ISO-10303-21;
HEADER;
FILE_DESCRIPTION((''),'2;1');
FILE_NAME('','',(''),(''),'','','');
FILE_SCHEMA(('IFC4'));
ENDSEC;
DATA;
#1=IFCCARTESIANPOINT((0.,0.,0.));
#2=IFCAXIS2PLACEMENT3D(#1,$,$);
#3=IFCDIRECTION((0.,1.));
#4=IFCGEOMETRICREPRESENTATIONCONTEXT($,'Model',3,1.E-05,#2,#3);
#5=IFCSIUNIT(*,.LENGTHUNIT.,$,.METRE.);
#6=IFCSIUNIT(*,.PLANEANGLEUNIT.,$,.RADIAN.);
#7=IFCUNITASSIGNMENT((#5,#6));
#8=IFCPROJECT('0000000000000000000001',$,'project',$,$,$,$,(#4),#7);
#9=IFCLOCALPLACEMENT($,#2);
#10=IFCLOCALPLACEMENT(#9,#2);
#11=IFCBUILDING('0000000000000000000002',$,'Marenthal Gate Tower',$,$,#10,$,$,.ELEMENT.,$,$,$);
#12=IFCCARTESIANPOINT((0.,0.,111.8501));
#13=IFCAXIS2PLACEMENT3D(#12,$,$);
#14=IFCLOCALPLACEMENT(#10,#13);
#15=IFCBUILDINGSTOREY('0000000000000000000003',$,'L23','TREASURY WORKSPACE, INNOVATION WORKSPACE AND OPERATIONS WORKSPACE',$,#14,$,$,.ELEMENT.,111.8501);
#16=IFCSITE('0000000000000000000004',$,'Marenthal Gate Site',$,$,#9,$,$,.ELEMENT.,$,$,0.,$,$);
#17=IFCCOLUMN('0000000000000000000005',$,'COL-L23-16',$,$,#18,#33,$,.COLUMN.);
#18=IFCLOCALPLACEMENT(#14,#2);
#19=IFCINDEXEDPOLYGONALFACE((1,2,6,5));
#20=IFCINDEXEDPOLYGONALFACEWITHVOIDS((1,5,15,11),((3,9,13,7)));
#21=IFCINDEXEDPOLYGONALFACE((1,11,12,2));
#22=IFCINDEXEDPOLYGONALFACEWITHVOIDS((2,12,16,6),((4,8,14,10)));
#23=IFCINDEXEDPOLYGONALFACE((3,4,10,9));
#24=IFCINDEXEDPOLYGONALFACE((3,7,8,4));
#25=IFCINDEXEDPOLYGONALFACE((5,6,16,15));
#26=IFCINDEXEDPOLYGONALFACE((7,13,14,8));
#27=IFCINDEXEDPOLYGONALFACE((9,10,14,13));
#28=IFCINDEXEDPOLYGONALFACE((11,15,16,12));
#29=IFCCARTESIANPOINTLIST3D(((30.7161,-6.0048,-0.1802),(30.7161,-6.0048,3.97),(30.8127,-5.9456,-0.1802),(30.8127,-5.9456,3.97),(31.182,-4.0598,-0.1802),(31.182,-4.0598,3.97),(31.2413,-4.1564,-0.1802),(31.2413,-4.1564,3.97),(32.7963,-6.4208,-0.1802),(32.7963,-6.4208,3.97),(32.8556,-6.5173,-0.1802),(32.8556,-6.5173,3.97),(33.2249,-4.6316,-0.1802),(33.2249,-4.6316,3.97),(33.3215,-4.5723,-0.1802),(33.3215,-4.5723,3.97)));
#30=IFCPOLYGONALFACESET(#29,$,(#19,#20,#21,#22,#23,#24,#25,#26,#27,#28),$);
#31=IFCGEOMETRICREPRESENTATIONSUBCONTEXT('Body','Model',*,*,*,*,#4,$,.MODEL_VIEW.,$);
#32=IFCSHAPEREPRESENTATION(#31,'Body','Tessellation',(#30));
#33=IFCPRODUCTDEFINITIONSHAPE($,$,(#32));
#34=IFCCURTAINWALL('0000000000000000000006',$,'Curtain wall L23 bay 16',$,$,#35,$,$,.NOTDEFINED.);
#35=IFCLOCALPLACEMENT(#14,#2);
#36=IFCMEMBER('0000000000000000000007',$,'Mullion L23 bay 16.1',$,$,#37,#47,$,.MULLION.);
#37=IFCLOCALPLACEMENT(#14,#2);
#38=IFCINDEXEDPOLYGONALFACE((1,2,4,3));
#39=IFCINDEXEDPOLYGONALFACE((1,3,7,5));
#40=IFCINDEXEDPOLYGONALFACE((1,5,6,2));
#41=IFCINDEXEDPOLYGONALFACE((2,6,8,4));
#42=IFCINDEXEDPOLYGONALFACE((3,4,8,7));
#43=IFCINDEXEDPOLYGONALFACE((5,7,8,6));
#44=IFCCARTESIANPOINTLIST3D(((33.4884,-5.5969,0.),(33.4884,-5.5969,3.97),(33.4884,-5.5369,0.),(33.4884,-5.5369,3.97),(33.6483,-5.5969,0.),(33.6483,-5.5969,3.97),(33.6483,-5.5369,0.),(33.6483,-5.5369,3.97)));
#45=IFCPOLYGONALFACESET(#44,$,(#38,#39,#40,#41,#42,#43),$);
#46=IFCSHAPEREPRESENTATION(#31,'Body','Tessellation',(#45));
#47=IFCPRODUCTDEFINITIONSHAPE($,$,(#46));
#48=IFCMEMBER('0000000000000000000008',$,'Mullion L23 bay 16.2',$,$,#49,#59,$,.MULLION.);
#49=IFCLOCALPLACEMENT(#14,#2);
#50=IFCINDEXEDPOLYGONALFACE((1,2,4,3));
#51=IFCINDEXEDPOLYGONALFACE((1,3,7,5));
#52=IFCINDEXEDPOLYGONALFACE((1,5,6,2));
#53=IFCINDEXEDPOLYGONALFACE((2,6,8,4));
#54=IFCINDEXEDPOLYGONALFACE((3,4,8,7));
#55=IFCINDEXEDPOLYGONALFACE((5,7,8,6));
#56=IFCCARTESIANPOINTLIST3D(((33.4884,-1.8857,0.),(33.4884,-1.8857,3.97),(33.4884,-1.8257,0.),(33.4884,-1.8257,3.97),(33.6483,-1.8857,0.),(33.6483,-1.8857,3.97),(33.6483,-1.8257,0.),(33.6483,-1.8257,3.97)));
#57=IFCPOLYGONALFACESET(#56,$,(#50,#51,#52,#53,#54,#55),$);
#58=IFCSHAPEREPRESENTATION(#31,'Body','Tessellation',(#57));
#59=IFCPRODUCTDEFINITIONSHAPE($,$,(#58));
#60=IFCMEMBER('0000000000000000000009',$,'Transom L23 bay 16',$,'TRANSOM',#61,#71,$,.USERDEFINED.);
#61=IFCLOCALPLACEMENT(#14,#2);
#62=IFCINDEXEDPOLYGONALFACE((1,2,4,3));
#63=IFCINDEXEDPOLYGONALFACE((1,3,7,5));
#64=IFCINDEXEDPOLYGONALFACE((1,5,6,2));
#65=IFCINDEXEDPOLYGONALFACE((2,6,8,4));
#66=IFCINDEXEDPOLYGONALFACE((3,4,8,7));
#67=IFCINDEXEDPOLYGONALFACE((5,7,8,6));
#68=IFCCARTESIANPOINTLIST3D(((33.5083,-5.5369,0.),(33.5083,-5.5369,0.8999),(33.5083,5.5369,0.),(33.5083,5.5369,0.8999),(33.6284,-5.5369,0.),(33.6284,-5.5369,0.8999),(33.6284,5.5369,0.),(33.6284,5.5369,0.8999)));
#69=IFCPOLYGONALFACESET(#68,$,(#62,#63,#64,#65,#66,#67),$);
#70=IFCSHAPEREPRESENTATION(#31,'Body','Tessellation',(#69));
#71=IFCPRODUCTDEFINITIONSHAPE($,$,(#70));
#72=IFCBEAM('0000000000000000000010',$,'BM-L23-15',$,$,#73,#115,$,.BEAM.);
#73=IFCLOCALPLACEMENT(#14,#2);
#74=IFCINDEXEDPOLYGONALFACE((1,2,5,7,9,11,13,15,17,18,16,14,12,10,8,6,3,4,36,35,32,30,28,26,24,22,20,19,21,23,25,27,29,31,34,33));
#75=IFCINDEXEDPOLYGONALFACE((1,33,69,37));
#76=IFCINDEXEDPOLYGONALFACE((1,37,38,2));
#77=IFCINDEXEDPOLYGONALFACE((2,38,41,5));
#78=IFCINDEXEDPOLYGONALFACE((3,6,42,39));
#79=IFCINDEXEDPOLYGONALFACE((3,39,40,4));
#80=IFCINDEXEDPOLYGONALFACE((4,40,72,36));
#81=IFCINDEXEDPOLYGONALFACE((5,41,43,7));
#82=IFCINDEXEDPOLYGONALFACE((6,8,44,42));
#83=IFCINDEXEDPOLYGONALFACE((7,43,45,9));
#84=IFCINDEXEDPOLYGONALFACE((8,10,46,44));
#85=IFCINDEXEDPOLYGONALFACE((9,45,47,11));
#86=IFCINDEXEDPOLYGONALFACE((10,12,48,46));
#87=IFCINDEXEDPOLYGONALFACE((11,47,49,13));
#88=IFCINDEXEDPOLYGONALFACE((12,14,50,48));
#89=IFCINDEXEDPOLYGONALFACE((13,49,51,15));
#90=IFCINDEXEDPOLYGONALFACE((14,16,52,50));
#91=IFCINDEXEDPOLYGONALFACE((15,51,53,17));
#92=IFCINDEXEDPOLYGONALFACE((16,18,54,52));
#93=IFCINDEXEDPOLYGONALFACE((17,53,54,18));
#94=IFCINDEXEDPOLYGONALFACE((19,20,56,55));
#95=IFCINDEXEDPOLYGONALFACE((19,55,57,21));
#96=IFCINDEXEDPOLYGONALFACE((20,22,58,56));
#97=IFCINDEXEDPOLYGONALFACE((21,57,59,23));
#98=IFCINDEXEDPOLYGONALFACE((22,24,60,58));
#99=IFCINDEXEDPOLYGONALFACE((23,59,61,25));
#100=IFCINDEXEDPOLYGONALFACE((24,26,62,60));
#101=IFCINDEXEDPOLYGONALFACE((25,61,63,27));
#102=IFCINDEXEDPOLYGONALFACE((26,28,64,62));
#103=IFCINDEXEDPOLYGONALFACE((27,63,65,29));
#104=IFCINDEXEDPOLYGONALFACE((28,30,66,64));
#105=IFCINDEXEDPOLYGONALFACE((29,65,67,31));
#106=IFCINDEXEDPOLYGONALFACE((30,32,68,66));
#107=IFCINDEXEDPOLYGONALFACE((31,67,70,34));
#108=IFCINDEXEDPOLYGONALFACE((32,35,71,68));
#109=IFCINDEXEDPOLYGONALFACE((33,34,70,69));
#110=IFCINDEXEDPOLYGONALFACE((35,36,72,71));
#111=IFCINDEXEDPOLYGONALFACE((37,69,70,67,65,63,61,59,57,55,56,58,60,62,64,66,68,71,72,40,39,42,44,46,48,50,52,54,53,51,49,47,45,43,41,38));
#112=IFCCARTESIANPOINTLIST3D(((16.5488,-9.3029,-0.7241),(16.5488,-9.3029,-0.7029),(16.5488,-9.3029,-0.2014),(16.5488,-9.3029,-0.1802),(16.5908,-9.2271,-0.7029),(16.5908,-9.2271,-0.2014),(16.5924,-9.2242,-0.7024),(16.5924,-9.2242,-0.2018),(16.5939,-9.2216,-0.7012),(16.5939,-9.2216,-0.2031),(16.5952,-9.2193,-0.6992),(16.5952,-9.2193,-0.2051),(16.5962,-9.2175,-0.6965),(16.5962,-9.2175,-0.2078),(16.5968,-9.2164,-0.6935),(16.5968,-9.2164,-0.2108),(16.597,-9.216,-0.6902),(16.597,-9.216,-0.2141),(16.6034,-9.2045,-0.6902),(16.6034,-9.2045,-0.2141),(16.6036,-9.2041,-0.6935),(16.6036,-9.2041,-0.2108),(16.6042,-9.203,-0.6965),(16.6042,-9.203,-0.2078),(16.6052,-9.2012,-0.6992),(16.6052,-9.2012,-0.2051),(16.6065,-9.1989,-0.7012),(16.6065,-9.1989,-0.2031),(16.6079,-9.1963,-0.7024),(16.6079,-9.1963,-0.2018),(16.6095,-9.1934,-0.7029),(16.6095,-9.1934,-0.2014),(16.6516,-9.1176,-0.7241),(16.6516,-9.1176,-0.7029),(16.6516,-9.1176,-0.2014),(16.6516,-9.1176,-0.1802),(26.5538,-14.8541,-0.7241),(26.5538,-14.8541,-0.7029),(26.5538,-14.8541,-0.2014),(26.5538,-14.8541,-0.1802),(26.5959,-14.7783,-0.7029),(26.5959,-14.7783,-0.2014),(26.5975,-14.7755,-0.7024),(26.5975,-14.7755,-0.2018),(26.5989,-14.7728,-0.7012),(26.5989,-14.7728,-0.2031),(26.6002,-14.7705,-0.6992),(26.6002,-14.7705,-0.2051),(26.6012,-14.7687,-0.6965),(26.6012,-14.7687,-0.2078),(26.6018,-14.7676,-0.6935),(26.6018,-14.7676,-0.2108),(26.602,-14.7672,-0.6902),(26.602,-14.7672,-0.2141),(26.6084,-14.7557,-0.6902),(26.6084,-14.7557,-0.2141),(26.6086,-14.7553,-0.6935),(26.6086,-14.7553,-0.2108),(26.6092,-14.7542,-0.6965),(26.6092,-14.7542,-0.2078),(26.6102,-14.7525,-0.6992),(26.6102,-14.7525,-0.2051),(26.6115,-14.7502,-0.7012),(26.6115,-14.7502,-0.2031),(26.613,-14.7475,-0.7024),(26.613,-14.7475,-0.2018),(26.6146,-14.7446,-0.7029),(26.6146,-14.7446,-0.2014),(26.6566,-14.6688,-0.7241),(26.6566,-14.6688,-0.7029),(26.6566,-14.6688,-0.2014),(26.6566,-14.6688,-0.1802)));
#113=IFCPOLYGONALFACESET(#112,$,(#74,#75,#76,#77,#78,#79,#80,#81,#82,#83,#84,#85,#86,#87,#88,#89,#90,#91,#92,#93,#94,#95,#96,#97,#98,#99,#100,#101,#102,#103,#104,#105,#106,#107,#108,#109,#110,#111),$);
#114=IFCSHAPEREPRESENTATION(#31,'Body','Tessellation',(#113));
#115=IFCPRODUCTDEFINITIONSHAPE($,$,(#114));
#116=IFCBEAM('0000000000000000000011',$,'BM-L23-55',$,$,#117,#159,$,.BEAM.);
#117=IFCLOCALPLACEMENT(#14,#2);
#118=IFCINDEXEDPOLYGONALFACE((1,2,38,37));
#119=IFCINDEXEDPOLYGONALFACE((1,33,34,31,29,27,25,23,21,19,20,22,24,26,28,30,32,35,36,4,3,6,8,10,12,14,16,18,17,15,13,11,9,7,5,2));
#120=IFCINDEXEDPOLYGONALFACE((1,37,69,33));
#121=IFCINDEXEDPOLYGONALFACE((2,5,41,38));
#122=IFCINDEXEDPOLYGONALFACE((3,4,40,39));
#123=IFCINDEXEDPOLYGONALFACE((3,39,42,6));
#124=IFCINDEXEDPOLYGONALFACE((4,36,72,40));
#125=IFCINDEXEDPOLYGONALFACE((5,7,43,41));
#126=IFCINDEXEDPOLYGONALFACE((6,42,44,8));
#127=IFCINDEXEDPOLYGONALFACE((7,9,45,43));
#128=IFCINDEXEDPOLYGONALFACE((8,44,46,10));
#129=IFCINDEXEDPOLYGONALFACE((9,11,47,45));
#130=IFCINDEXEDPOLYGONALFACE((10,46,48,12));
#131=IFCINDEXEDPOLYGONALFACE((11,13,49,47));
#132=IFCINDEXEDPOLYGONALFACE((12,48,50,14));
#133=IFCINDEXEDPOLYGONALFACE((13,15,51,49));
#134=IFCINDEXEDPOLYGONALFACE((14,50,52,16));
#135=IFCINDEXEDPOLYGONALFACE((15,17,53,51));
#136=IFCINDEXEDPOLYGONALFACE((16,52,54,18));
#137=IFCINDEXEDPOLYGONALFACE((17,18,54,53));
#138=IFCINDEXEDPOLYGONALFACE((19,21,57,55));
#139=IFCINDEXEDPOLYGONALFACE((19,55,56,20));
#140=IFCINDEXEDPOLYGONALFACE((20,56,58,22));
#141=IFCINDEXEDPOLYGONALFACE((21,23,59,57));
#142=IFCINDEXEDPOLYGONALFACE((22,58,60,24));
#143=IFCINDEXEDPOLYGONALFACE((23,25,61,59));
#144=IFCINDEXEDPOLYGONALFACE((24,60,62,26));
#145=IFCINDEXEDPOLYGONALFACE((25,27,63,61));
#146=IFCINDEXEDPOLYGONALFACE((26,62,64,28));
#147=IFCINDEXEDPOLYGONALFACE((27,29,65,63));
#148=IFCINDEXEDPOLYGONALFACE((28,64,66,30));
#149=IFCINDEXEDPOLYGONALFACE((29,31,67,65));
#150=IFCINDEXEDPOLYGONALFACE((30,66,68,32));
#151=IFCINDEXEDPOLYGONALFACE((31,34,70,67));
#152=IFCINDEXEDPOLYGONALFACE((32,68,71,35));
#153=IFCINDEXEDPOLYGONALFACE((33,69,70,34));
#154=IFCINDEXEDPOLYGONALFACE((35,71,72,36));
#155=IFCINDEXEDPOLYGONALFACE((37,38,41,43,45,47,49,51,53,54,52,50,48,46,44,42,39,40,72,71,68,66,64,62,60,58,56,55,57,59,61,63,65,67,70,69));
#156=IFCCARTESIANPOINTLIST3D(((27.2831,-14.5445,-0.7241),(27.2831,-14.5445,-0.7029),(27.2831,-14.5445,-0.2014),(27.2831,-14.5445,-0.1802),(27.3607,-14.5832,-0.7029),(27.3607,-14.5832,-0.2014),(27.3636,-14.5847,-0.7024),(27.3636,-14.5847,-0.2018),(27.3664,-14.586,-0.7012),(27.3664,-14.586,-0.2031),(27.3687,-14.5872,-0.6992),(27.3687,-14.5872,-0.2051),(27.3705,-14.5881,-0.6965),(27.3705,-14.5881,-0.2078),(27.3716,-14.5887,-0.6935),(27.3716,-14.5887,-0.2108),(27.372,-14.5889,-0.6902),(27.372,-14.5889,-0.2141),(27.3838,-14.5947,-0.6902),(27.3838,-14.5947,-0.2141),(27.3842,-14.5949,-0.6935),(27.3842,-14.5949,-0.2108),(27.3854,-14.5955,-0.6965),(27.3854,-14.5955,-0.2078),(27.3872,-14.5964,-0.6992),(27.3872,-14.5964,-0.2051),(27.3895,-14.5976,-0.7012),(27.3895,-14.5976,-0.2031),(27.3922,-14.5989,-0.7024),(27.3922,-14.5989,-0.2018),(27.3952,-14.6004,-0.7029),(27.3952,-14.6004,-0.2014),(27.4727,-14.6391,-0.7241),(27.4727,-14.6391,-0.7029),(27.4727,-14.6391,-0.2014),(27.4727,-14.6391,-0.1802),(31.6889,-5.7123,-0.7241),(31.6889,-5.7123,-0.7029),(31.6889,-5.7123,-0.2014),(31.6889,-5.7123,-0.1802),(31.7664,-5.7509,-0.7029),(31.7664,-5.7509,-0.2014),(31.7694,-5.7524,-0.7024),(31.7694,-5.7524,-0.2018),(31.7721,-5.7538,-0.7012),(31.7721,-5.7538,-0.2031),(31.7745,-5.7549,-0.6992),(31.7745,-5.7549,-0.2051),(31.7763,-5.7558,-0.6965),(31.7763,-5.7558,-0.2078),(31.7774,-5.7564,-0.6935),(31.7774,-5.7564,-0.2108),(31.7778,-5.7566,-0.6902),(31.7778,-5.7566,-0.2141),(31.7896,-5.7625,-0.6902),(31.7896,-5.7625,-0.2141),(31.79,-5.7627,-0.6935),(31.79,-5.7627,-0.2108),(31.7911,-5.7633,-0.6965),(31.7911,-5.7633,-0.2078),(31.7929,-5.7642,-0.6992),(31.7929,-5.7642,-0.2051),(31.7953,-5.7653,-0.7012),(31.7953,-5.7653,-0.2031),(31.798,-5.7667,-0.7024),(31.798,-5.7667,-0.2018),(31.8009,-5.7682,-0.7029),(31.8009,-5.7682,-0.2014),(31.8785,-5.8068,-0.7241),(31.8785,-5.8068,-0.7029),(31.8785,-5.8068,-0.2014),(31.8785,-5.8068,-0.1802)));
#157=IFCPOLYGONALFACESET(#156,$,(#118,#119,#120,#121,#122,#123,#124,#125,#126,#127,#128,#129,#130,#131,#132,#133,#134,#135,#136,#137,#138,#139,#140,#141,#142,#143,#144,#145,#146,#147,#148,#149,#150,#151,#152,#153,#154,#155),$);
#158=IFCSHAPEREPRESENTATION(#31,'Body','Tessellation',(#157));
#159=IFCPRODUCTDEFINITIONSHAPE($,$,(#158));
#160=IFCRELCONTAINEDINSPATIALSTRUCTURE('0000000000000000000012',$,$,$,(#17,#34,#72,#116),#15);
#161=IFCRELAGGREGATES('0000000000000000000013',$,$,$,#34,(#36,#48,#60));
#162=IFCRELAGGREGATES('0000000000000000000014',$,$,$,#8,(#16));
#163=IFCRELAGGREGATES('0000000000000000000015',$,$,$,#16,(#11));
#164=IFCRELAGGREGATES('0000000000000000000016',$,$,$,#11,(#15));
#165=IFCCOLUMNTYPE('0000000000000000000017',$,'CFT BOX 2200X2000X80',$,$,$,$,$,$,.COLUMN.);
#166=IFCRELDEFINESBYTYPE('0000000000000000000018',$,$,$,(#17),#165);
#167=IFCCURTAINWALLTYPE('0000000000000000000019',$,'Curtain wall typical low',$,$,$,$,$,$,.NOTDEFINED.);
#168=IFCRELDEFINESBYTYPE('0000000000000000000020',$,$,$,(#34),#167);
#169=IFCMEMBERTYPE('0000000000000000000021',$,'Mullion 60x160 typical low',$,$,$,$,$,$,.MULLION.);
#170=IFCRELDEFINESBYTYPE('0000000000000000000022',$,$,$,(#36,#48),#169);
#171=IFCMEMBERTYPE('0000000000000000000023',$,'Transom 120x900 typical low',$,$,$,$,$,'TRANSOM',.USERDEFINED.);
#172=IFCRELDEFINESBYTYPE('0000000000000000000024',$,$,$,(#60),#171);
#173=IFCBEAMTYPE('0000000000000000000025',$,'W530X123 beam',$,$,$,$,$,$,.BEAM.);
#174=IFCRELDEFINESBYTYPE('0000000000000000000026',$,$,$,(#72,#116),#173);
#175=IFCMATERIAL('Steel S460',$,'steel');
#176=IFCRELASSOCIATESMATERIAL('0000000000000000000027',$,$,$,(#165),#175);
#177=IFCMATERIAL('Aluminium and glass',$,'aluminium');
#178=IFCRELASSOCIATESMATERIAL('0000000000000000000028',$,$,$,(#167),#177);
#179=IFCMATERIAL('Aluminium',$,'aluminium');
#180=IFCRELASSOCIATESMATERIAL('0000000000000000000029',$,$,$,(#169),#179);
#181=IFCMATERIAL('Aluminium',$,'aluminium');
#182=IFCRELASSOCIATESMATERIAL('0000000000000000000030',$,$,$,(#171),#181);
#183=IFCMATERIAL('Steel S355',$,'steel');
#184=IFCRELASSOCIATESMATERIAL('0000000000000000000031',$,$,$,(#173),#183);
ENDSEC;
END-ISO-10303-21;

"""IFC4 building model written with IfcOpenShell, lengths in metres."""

from ifc_helpers import new_model, si_unit, direction, frame, origin, origin_2d, place, context, subcontext, project, spatial, rectangle, hollow_rectangle, i_section, extrude, material, material_profile, profile_set, type_object, element, aggregate, save


model = new_model("IFC4")

# Units and contexts
model_context = context("Model", 3, precision=1e-05, world=origin(), true_north=direction((0.0, 1.0)))
body_context = subcontext(model_context, "Body", "Model", "MODEL_VIEW")
ifc_project = project(units=[si_unit("LENGTHUNIT", "METRE"), si_unit("PLANEANGLEUNIT", "RADIAN")], contexts=[model_context])

# Site, building, storey
site_placement = place(None, origin())
site = spatial("IfcSite", under=ifc_project, at=site_placement, Name="Marenthal Gate Site", CompositionType="ELEMENT", RefElevation=0.0)
building_placement = place(site_placement, origin())
building = spatial("IfcBuilding", under=site, at=building_placement, Name="Marenthal Gate Tower", CompositionType="ELEMENT")
storey_placement = place(building_placement, frame((0.0, 0.0, 111.8501)))
storey = spatial("IfcBuildingStorey", under=building, at=storey_placement, Name="L23", Description="TREASURY WORKSPACE, INNOVATION WORKSPACE AND OPERATIONS WORKSPACE", CompositionType="ELEMENT", Elevation=111.8501)

# Column
ifc_material_1 = material(Name="Steel S460", Category="steel")
ifc_material_profile_1 = material_profile(ifc_material_1, hollow_rectangle(XDim=2.0, YDim=2.2, WallThickness=0.0801, at=origin_2d()), Name="CFT BOX 2200X2000X80")
ifc_material_2 = material(Name="Concrete 70 MPa", Category="concrete")
ifc_material_profile_2 = material_profile(ifc_material_2, rectangle(XDim=1.8401, YDim=2.04, at=origin_2d()), Name="CFT BOX 2200X2000X80 INFILL")
ifc_profile_set_1 = profile_set([ifc_material_profile_1, ifc_material_profile_2], Name="Steel S460 shell, Concrete 70 MPa infill")
column_type = type_object("IfcColumnType", Name="CFT BOX 2200X2000X80", PredefinedType="COLUMN", material=ifc_profile_set_1)
column_placement = place(storey_placement, frame((32.0188, -5.2886, -0.1802), z_axis=(0.0, 0.0, 1.0), x_axis=(-0.232958, -0.972487, 0.0)))
element("IfcColumn", 1, at=column_placement, inside=storey, type_object=column_type, Name="COL-L23-16", PredefinedType="COLUMN", context=body_context, shape_type="SweptSolid", body=[
    extrude(hollow_rectangle(XDim=2.0, YDim=2.2, WallThickness=0.0801, at=origin_2d()), origin(), (0.0, 0.0, 1.0), 4.1501),
])

# Curtain wall, members
ifc_material_3 = material(Name="Aluminium and glass", Category="aluminium")
curtain_wall_type = type_object("IfcCurtainWallType", Name="Curtain wall typical low", PredefinedType="NOTDEFINED", material=ifc_material_3)
curtain_wall_placement = place(storey_placement, origin())
curtain_wall = element("IfcCurtainWall", 2, at=curtain_wall_placement, inside=storey, type_object=curtain_wall_type, Name="Curtain wall L23 bay 16", PredefinedType="NOTDEFINED")
ifc_material_4 = material(Name="Aluminium", Category="aluminium")
ifc_material_profile_3 = material_profile(ifc_material_4, rectangle(XDim=0.1599, YDim=0.0601, at=origin_2d()), Name="60x160 aluminium mullion")
ifc_profile_set_2 = profile_set([ifc_material_profile_3], Name="Aluminium")
member_type_1 = type_object("IfcMemberType", Name="Mullion 60x160 typical low", PredefinedType="MULLION", material=ifc_profile_set_2)
member_1_placement = place(storey_placement, frame((33.5684, -5.5669, 0.0), z_axis=(0.0, 0.0, 1.0), x_axis=(-1.0, 0.0, 0.0)))
member_1 = element("IfcMember", 3, at=member_1_placement, type_object=member_type_1, Name="Mullion L23 bay 16.1", PredefinedType="MULLION", context=body_context, shape_type="SweptSolid", body=[
    extrude(rectangle(XDim=0.1599, YDim=0.0601, at=origin_2d()), origin(), (0.0, 0.0, 1.0), 3.97),
])
member_2_placement = place(storey_placement, frame((33.5684, -1.8557, 0.0), z_axis=(0.0, 0.0, 1.0), x_axis=(-1.0, 0.0, 0.0)))
member_2 = element("IfcMember", 4, at=member_2_placement, type_object=member_type_1, Name="Mullion L23 bay 16.2", PredefinedType="MULLION", context=body_context, shape_type="SweptSolid", body=[
    extrude(rectangle(XDim=0.1599, YDim=0.0601, at=origin_2d()), origin(), (0.0, 0.0, 1.0), 3.97),
])
ifc_material_5 = material(Name="Aluminium", Category="aluminium")
ifc_material_profile_4 = material_profile(ifc_material_5, rectangle(XDim=0.1201, YDim=0.8999, at=origin_2d()), Name="120x900 aluminium transom")
ifc_profile_set_3 = profile_set([ifc_material_profile_4], Name="Aluminium")
member_type_2 = type_object("IfcMemberType", Name="Transom 120x900 typical low", ElementType="TRANSOM", PredefinedType="USERDEFINED", material=ifc_profile_set_3)
member_3_placement = place(storey_placement, frame((33.5684, -5.5369, 0.45), z_axis=(0.0, 1.0, 0.0), x_axis=(-1.0, 0.0, 0.0)))
member_3 = element("IfcMember", 5, at=member_3_placement, type_object=member_type_2, Name="Transom L23 bay 16", ObjectType="TRANSOM", PredefinedType="USERDEFINED", context=body_context, shape_type="SweptSolid", body=[
    extrude(rectangle(XDim=0.1201, YDim=0.8999, at=origin_2d()), origin(), (0.0, 0.0, 1.0), 11.0737),
])

# Beams
ifc_material_6 = material(Name="Steel S355", Category="steel")
ifc_material_profile_5 = material_profile(ifc_material_6, i_section(OverallWidth=0.2119, OverallDepth=0.5439, WebThickness=0.0132, FlangeThickness=0.0212, FilletRadius=0.0127, at=origin_2d()), Name="W530X123")
ifc_profile_set_4 = profile_set([ifc_material_profile_5], Name="Steel S355")
beam_type_1 = type_object("IfcBeamType", Name="W530X123 beam", PredefinedType="BEAM", material=ifc_profile_set_4)
beam_1_placement = place(storey_placement, frame((26.6052, -14.7615, -0.4521), z_axis=(-0.874422, 0.485166, 0.0), x_axis=(-0.485166, -0.874422, 0.0)))
element("IfcBeam", 6, at=beam_1_placement, inside=storey, type_object=beam_type_1, Name="BM-L23-15", PredefinedType="BEAM", context=body_context, shape_type="SweptSolid", body=[
    extrude(i_section(OverallWidth=0.2119, OverallDepth=0.5439, WebThickness=0.0132, FlangeThickness=0.0212, FilletRadius=0.0127, at=origin_2d()), origin(), (0.0, 0.0, 1.0), 11.4419),
])
beam_2_placement = place(storey_placement, frame((27.3779, -14.5918, -0.4521), z_axis=(0.446372, 0.894847, 0.0), x_axis=(-0.894847, 0.446372, 0.0)))
element("IfcBeam", 7, at=beam_2_placement, inside=storey, type_object=beam_type_1, Name="BM-L23-55", PredefinedType="BEAM", context=body_context, shape_type="SweptSolid", body=[
    extrude(i_section(OverallWidth=0.2119, OverallDepth=0.5439, WebThickness=0.0132, FlangeThickness=0.0212, FilletRadius=0.0127, at=origin_2d()), origin(), (0.0, 0.0, 1.0), 9.8701),
])

aggregate(curtain_wall, [member_1, member_2, member_3])

save(model, "model.ifc")
